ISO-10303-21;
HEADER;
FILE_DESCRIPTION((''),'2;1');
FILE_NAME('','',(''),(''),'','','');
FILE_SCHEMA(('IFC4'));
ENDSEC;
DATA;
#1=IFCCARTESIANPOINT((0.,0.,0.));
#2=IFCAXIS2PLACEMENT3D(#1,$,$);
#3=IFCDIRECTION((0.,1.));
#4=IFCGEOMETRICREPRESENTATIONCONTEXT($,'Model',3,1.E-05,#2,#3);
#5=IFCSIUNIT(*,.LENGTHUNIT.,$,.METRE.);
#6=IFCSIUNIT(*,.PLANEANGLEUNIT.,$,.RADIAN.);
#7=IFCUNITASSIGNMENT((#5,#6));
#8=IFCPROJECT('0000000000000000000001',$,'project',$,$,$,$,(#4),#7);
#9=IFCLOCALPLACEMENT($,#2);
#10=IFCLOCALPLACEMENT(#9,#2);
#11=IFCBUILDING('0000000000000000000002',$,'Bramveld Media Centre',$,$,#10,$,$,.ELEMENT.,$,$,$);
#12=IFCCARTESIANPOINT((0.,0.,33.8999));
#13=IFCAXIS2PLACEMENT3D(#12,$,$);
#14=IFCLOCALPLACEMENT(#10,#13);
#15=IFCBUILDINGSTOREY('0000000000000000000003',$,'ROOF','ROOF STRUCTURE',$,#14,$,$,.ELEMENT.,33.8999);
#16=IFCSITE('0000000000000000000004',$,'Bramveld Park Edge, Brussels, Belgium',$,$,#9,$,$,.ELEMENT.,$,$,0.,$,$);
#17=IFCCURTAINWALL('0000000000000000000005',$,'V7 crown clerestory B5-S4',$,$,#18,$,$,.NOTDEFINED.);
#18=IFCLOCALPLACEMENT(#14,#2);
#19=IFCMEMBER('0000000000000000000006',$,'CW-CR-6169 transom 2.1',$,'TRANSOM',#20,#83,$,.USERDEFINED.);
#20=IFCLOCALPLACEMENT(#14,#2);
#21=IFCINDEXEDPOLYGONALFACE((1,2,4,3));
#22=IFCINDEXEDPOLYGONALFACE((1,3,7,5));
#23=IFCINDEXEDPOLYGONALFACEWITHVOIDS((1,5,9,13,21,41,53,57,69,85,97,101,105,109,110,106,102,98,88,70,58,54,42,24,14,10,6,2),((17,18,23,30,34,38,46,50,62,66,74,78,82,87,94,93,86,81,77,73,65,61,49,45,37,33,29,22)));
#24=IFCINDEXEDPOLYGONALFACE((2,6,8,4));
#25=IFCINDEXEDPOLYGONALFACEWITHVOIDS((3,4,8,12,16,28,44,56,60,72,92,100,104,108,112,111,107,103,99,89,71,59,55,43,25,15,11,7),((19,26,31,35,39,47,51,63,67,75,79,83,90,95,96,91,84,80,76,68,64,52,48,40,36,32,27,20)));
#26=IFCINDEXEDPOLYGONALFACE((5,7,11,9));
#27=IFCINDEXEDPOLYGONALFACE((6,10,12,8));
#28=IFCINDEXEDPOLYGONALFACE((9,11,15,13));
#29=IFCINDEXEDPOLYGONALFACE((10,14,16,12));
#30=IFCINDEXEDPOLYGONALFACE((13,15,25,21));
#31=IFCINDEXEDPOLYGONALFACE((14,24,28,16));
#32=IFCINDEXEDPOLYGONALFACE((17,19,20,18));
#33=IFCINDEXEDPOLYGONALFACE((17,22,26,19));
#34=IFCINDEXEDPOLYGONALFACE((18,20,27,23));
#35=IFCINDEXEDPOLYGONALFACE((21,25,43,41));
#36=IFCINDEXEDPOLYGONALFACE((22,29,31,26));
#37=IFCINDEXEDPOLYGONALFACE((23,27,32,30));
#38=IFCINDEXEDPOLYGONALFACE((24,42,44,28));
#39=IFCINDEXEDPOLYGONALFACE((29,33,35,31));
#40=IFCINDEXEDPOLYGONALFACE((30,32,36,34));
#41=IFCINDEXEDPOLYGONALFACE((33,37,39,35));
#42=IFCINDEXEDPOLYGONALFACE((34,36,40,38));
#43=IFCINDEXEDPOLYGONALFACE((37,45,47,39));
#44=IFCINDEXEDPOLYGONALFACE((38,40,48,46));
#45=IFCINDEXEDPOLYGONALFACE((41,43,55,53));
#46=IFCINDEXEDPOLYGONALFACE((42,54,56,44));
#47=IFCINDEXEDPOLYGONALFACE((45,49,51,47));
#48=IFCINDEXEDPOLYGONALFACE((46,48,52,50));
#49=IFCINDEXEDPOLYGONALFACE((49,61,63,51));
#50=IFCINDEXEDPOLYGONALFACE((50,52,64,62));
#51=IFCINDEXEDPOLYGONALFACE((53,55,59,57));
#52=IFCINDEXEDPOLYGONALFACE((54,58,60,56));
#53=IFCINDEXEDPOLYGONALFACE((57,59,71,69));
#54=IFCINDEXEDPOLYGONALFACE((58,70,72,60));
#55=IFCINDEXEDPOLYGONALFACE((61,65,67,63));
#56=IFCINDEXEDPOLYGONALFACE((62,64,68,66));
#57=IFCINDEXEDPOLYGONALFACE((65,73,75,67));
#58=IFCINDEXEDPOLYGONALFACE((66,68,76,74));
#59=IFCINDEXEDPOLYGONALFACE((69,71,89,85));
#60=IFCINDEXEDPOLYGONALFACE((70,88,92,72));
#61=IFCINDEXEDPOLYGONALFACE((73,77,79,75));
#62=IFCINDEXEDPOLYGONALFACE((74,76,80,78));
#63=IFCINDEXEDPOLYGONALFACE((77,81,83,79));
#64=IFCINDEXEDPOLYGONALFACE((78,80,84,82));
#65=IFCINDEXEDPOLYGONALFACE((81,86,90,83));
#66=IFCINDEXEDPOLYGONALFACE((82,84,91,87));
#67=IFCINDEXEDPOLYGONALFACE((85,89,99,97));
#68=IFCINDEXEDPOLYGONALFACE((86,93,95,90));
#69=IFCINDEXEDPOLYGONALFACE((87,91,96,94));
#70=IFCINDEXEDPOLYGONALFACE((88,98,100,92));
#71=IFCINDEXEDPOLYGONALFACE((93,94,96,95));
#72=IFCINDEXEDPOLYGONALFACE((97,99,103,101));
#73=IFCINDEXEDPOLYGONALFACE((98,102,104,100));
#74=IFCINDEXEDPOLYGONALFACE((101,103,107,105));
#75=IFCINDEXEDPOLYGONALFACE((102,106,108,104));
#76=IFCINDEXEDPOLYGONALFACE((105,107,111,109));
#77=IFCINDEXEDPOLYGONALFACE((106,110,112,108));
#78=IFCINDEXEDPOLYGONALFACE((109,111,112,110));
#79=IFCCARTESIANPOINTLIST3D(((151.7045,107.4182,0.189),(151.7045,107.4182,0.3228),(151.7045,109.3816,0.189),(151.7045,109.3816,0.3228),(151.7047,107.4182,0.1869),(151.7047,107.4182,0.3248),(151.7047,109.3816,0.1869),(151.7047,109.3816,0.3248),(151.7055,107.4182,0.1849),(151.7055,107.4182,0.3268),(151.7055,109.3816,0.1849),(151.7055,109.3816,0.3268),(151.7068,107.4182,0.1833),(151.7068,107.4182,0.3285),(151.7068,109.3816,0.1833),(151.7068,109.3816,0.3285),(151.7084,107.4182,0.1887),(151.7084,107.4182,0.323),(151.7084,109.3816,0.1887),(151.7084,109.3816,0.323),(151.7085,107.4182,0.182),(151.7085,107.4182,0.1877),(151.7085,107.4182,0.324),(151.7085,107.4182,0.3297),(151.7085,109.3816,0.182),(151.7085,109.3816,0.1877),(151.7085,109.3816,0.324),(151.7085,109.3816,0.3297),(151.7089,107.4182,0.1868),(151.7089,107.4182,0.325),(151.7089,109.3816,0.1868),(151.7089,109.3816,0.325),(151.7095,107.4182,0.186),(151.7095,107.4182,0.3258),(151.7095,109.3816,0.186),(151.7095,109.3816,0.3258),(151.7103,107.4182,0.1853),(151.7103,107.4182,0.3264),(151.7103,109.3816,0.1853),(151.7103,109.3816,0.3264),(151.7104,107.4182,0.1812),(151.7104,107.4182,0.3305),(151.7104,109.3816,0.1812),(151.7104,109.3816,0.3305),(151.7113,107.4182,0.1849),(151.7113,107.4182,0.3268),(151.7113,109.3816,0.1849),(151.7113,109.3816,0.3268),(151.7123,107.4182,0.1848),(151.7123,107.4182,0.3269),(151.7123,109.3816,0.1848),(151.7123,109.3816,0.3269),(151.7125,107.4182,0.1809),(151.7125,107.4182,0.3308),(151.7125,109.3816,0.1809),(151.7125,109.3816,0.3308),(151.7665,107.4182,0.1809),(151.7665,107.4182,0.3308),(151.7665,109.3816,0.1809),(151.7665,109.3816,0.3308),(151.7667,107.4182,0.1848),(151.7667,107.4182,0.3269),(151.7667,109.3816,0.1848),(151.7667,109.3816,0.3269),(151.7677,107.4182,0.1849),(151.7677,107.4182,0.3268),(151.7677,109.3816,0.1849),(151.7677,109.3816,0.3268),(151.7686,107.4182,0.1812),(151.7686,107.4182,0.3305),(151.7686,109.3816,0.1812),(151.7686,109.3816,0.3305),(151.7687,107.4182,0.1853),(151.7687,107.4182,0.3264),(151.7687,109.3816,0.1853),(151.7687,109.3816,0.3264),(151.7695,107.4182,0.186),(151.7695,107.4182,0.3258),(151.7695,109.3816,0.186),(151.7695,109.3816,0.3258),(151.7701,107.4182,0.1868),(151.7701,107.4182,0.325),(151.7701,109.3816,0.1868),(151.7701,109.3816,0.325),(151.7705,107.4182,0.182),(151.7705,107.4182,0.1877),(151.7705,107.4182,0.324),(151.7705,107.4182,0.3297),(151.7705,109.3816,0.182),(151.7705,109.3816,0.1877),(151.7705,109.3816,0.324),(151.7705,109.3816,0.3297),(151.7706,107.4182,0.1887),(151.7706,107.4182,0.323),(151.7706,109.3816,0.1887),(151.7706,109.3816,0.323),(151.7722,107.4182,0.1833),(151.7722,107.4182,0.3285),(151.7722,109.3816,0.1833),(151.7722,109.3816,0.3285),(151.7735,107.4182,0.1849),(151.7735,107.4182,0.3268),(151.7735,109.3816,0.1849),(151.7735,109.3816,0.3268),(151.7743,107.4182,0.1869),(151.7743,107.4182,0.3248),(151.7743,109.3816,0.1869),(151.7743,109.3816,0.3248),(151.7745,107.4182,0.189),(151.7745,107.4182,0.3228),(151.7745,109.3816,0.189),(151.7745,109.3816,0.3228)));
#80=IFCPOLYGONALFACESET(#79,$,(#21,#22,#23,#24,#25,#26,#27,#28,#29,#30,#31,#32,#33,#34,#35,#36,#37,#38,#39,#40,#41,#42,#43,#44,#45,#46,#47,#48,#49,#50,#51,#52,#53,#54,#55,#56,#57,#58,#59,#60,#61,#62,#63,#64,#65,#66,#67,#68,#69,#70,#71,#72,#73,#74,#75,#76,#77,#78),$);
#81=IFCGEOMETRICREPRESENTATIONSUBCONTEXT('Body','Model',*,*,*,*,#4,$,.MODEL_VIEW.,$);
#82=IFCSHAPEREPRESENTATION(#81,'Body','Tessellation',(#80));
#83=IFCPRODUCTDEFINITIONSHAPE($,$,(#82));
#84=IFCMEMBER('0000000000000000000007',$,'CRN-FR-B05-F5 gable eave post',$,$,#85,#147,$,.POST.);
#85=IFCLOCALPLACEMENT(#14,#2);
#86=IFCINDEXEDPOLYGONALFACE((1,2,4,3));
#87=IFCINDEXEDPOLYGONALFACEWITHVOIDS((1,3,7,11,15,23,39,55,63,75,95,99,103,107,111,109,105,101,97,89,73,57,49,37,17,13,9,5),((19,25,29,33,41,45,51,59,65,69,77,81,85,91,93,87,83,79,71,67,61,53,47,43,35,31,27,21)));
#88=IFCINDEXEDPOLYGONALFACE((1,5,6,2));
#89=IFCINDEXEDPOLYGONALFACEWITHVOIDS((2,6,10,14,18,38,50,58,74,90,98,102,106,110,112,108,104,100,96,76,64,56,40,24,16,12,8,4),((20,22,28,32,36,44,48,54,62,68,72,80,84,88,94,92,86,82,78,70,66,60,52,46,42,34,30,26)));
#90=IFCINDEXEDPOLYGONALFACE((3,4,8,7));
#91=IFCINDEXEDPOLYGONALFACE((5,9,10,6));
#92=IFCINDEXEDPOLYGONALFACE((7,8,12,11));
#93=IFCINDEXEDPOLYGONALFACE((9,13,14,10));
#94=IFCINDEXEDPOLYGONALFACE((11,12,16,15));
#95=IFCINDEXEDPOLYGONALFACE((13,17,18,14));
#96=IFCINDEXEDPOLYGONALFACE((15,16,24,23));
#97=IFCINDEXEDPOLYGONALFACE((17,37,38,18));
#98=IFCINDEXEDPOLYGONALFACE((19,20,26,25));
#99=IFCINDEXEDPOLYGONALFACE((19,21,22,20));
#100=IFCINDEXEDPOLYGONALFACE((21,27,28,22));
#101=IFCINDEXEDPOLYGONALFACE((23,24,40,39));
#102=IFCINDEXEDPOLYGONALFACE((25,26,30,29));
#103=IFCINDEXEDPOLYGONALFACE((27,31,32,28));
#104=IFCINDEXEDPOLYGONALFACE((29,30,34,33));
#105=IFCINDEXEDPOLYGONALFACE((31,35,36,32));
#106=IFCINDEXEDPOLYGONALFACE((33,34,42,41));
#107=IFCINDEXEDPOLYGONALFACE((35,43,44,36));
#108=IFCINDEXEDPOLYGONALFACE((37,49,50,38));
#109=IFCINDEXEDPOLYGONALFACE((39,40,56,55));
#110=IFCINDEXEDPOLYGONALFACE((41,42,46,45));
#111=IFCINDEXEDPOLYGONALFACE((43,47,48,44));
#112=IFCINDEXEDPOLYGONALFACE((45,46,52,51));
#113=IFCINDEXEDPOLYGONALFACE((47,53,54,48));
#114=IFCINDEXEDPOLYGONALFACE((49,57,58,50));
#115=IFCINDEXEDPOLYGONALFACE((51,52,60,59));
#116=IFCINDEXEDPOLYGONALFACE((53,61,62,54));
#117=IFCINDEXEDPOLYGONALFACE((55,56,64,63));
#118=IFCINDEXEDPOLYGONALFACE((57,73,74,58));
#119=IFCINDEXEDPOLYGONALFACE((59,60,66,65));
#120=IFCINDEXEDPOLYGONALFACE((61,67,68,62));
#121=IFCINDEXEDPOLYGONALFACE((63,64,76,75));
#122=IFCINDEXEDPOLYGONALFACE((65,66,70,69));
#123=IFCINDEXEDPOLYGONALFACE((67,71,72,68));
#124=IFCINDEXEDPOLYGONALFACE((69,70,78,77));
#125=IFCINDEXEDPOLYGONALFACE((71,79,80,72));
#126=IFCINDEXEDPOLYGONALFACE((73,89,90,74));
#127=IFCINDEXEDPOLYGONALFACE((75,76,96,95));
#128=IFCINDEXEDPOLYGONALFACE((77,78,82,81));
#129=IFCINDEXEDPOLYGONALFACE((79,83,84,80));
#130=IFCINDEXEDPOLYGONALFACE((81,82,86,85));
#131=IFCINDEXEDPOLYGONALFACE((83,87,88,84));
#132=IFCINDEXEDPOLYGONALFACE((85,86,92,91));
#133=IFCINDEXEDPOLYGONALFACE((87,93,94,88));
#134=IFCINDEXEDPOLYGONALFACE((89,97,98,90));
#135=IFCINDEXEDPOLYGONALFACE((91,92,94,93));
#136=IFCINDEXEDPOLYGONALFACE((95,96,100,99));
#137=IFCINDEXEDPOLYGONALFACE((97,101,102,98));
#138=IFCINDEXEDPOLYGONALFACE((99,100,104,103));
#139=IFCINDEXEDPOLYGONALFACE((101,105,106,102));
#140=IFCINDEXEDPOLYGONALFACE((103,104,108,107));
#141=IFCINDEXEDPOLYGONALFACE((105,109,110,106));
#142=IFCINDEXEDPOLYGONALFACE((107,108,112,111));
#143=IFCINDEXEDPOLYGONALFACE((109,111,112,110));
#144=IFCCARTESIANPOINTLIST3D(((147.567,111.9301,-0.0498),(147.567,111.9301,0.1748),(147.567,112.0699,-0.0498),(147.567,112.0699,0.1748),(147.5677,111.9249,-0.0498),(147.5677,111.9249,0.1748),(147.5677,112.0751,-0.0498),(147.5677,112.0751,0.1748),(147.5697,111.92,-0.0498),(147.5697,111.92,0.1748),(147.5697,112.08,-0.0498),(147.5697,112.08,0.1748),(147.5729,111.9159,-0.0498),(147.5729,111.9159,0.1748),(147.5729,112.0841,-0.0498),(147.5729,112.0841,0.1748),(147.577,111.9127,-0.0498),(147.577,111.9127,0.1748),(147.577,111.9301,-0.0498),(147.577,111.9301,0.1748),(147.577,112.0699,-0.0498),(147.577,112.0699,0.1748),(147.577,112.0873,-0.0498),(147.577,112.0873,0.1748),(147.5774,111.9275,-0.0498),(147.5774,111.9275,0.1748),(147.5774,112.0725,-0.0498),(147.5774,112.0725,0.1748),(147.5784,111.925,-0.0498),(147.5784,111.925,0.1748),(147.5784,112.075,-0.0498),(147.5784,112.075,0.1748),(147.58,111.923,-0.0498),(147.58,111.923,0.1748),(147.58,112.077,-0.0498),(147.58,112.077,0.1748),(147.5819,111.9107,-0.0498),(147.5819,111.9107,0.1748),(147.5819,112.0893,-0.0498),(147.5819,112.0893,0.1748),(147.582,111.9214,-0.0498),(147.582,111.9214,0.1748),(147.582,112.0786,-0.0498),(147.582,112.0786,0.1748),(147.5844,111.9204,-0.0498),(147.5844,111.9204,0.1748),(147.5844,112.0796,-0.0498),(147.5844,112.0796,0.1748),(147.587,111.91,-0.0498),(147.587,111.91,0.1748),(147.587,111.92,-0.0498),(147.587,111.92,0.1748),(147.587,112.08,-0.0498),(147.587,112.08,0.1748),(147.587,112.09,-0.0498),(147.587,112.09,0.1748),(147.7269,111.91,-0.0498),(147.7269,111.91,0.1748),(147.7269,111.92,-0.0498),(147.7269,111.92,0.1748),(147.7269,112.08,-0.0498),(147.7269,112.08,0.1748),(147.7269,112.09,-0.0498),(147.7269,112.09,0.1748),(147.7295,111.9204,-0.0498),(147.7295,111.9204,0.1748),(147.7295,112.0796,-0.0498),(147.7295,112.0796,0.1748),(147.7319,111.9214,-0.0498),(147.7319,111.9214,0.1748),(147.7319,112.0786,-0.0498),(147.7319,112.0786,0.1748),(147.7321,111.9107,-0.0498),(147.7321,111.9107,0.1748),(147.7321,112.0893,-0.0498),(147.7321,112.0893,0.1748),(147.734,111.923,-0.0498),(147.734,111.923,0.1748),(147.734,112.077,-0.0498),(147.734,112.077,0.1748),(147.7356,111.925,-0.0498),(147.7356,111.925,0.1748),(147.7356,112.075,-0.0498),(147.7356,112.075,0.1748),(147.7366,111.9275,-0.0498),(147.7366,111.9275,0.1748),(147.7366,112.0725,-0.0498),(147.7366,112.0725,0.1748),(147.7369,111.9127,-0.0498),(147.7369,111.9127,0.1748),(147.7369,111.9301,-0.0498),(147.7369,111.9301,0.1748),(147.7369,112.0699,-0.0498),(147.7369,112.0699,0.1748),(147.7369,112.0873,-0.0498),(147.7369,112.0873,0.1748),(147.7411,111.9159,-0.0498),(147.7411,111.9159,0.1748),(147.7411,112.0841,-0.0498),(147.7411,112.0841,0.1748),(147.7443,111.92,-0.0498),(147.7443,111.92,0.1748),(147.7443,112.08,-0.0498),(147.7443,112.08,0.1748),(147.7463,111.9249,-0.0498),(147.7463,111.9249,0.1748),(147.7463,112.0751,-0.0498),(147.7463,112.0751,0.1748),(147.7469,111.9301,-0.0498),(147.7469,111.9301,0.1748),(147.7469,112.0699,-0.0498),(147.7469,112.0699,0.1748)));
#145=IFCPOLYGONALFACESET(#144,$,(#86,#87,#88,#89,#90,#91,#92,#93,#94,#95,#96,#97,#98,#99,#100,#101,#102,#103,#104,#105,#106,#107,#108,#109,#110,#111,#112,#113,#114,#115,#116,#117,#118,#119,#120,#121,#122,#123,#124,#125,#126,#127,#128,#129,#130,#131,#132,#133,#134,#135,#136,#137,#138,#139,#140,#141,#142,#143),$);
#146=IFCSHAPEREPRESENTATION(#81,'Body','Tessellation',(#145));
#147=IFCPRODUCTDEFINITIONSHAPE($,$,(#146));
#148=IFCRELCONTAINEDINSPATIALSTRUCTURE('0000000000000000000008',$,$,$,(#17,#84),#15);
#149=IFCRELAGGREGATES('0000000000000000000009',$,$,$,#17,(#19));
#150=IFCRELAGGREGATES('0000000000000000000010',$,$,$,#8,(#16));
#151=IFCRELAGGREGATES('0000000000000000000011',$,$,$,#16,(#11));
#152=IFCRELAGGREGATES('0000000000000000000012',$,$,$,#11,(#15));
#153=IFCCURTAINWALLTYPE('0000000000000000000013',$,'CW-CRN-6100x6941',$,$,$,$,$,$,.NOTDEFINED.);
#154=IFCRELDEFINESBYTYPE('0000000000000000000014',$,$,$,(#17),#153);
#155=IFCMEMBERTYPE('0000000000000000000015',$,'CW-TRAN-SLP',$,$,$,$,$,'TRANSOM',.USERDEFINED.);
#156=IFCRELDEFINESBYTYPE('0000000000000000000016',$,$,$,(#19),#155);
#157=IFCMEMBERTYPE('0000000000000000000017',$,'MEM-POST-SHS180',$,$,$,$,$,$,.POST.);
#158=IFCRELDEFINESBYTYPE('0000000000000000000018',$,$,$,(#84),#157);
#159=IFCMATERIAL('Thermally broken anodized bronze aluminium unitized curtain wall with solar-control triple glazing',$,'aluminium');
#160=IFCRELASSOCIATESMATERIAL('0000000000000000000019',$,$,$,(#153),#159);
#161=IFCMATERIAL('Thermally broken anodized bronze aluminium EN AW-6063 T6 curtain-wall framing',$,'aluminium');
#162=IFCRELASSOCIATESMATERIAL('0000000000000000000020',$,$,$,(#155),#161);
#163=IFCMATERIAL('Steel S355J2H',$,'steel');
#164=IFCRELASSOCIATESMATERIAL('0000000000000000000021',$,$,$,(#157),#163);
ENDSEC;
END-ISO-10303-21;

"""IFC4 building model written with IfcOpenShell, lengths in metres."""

from ifc_helpers import new_model, si_unit, direction, frame, origin, origin_2d, place, context, subcontext, project, spatial, hollow_rectangle, extrude, material, material_profile, profile_set, type_object, element, aggregate, save


model = new_model("IFC4")

# Units and contexts
model_context = context("Model", 3, precision=1e-05, world=origin(), true_north=direction((0.0, 1.0)))
body_context = subcontext(model_context, "Body", "Model", "MODEL_VIEW")
ifc_project = project(units=[si_unit("LENGTHUNIT", "METRE"), si_unit("PLANEANGLEUNIT", "RADIAN")], contexts=[model_context])

# Site, building, storey
site_placement = place(None, origin())
site = spatial("IfcSite", under=ifc_project, at=site_placement, Name="Bramveld Park Edge, Brussels, Belgium", CompositionType="ELEMENT", RefElevation=0.0)
building_placement = place(site_placement, origin())
building = spatial("IfcBuilding", under=site, at=building_placement, Name="Bramveld Media Centre", CompositionType="ELEMENT")
storey_placement = place(building_placement, frame((0.0, 0.0, 33.8999)))
storey = spatial("IfcBuildingStorey", under=building, at=storey_placement, Name="ROOF", Description="ROOF STRUCTURE", CompositionType="ELEMENT", Elevation=33.8999)

# Curtain wall
ifc_material_1 = material(Name="Thermally broken anodized bronze aluminium unitized curtain wall with solar-control triple glazing", Category="aluminium")
curtain_wall_type = type_object("IfcCurtainWallType", Name="CW-CRN-6100x6941", PredefinedType="NOTDEFINED", material=ifc_material_1)
curtain_wall_1_placement = place(storey_placement, origin())
curtain_wall_1 = element("IfcCurtainWall", 1, at=curtain_wall_1_placement, inside=storey, type_object=curtain_wall_type, Name="V7 crown clerestory B5-S4", PredefinedType="NOTDEFINED")

# Member
ifc_material_2 = material(Name="Thermally broken anodized bronze aluminium EN AW-6063 T6 curtain-wall framing", Category="aluminium")
ifc_material_profile_1 = material_profile(ifc_material_2, hollow_rectangle(XDim=0.0701, YDim=0.1499, WallThickness=0.0039, InnerFilletRadius=0.0039, OuterFilletRadius=0.0081, at=origin_2d()), Name="AL-TRAN 70x150")
ifc_profile_set_1 = profile_set([ifc_material_profile_1], Name="Thermally broken anodized bronze aluminium EN AW-6063 T6 curtain-wall framing")
member_type_1 = type_object("IfcMemberType", Name="CW-TRAN-SLP", ElementType="TRANSOM", PredefinedType="USERDEFINED", material=ifc_profile_set_1)
member_1_placement = place(storey_placement, frame((151.7395, 107.4182, 0.2559), z_axis=(0.0, 1.0, 0.0), x_axis=(-1.0, 0.0, 0.0)))
member_1 = element("IfcMember", 2, at=member_1_placement, type_object=member_type_1, Name="CW-CR-6169 transom 2.1", ObjectType="TRANSOM", PredefinedType="USERDEFINED", context=body_context, shape_type="SweptSolid", body=[
    extrude(hollow_rectangle(XDim=0.0701, YDim=0.1499, WallThickness=0.0039, InnerFilletRadius=0.0039, OuterFilletRadius=0.0081, at=origin_2d()), origin(), (0.0, 0.0, 1.0), 1.9634),
])
aggregate(curtain_wall_1, [member_1])

# Member
ifc_material_3 = material(Name="Steel S355J2H", Category="steel")
ifc_material_profile_2 = material_profile(ifc_material_3, hollow_rectangle(XDim=0.1799, YDim=0.1799, WallThickness=0.01, InnerFilletRadius=0.01, OuterFilletRadius=0.02, at=origin_2d()), Name="SHS 180x180x10")
ifc_profile_set_2 = profile_set([ifc_material_profile_2], Name="Steel S355J2H")
member_type_2 = type_object("IfcMemberType", Name="MEM-POST-SHS180", PredefinedType="POST", material=ifc_profile_set_2)
member_2_placement = place(storey_placement, frame((147.657, 112.0, -0.0498), z_axis=(0.0, 0.0, 1.0), x_axis=(1.0, 0.0, 0.0)))
element("IfcMember", 3, at=member_2_placement, inside=storey, type_object=member_type_2, Name="CRN-FR-B05-F5 gable eave post", PredefinedType="POST", context=body_context, shape_type="SweptSolid", body=[
    extrude(hollow_rectangle(XDim=0.1799, YDim=0.1799, WallThickness=0.01, InnerFilletRadius=0.01, OuterFilletRadius=0.02, at=origin_2d()), origin(), (0.0, 0.0, 1.0), 0.2246),
])

save(model, "model.ifc")
